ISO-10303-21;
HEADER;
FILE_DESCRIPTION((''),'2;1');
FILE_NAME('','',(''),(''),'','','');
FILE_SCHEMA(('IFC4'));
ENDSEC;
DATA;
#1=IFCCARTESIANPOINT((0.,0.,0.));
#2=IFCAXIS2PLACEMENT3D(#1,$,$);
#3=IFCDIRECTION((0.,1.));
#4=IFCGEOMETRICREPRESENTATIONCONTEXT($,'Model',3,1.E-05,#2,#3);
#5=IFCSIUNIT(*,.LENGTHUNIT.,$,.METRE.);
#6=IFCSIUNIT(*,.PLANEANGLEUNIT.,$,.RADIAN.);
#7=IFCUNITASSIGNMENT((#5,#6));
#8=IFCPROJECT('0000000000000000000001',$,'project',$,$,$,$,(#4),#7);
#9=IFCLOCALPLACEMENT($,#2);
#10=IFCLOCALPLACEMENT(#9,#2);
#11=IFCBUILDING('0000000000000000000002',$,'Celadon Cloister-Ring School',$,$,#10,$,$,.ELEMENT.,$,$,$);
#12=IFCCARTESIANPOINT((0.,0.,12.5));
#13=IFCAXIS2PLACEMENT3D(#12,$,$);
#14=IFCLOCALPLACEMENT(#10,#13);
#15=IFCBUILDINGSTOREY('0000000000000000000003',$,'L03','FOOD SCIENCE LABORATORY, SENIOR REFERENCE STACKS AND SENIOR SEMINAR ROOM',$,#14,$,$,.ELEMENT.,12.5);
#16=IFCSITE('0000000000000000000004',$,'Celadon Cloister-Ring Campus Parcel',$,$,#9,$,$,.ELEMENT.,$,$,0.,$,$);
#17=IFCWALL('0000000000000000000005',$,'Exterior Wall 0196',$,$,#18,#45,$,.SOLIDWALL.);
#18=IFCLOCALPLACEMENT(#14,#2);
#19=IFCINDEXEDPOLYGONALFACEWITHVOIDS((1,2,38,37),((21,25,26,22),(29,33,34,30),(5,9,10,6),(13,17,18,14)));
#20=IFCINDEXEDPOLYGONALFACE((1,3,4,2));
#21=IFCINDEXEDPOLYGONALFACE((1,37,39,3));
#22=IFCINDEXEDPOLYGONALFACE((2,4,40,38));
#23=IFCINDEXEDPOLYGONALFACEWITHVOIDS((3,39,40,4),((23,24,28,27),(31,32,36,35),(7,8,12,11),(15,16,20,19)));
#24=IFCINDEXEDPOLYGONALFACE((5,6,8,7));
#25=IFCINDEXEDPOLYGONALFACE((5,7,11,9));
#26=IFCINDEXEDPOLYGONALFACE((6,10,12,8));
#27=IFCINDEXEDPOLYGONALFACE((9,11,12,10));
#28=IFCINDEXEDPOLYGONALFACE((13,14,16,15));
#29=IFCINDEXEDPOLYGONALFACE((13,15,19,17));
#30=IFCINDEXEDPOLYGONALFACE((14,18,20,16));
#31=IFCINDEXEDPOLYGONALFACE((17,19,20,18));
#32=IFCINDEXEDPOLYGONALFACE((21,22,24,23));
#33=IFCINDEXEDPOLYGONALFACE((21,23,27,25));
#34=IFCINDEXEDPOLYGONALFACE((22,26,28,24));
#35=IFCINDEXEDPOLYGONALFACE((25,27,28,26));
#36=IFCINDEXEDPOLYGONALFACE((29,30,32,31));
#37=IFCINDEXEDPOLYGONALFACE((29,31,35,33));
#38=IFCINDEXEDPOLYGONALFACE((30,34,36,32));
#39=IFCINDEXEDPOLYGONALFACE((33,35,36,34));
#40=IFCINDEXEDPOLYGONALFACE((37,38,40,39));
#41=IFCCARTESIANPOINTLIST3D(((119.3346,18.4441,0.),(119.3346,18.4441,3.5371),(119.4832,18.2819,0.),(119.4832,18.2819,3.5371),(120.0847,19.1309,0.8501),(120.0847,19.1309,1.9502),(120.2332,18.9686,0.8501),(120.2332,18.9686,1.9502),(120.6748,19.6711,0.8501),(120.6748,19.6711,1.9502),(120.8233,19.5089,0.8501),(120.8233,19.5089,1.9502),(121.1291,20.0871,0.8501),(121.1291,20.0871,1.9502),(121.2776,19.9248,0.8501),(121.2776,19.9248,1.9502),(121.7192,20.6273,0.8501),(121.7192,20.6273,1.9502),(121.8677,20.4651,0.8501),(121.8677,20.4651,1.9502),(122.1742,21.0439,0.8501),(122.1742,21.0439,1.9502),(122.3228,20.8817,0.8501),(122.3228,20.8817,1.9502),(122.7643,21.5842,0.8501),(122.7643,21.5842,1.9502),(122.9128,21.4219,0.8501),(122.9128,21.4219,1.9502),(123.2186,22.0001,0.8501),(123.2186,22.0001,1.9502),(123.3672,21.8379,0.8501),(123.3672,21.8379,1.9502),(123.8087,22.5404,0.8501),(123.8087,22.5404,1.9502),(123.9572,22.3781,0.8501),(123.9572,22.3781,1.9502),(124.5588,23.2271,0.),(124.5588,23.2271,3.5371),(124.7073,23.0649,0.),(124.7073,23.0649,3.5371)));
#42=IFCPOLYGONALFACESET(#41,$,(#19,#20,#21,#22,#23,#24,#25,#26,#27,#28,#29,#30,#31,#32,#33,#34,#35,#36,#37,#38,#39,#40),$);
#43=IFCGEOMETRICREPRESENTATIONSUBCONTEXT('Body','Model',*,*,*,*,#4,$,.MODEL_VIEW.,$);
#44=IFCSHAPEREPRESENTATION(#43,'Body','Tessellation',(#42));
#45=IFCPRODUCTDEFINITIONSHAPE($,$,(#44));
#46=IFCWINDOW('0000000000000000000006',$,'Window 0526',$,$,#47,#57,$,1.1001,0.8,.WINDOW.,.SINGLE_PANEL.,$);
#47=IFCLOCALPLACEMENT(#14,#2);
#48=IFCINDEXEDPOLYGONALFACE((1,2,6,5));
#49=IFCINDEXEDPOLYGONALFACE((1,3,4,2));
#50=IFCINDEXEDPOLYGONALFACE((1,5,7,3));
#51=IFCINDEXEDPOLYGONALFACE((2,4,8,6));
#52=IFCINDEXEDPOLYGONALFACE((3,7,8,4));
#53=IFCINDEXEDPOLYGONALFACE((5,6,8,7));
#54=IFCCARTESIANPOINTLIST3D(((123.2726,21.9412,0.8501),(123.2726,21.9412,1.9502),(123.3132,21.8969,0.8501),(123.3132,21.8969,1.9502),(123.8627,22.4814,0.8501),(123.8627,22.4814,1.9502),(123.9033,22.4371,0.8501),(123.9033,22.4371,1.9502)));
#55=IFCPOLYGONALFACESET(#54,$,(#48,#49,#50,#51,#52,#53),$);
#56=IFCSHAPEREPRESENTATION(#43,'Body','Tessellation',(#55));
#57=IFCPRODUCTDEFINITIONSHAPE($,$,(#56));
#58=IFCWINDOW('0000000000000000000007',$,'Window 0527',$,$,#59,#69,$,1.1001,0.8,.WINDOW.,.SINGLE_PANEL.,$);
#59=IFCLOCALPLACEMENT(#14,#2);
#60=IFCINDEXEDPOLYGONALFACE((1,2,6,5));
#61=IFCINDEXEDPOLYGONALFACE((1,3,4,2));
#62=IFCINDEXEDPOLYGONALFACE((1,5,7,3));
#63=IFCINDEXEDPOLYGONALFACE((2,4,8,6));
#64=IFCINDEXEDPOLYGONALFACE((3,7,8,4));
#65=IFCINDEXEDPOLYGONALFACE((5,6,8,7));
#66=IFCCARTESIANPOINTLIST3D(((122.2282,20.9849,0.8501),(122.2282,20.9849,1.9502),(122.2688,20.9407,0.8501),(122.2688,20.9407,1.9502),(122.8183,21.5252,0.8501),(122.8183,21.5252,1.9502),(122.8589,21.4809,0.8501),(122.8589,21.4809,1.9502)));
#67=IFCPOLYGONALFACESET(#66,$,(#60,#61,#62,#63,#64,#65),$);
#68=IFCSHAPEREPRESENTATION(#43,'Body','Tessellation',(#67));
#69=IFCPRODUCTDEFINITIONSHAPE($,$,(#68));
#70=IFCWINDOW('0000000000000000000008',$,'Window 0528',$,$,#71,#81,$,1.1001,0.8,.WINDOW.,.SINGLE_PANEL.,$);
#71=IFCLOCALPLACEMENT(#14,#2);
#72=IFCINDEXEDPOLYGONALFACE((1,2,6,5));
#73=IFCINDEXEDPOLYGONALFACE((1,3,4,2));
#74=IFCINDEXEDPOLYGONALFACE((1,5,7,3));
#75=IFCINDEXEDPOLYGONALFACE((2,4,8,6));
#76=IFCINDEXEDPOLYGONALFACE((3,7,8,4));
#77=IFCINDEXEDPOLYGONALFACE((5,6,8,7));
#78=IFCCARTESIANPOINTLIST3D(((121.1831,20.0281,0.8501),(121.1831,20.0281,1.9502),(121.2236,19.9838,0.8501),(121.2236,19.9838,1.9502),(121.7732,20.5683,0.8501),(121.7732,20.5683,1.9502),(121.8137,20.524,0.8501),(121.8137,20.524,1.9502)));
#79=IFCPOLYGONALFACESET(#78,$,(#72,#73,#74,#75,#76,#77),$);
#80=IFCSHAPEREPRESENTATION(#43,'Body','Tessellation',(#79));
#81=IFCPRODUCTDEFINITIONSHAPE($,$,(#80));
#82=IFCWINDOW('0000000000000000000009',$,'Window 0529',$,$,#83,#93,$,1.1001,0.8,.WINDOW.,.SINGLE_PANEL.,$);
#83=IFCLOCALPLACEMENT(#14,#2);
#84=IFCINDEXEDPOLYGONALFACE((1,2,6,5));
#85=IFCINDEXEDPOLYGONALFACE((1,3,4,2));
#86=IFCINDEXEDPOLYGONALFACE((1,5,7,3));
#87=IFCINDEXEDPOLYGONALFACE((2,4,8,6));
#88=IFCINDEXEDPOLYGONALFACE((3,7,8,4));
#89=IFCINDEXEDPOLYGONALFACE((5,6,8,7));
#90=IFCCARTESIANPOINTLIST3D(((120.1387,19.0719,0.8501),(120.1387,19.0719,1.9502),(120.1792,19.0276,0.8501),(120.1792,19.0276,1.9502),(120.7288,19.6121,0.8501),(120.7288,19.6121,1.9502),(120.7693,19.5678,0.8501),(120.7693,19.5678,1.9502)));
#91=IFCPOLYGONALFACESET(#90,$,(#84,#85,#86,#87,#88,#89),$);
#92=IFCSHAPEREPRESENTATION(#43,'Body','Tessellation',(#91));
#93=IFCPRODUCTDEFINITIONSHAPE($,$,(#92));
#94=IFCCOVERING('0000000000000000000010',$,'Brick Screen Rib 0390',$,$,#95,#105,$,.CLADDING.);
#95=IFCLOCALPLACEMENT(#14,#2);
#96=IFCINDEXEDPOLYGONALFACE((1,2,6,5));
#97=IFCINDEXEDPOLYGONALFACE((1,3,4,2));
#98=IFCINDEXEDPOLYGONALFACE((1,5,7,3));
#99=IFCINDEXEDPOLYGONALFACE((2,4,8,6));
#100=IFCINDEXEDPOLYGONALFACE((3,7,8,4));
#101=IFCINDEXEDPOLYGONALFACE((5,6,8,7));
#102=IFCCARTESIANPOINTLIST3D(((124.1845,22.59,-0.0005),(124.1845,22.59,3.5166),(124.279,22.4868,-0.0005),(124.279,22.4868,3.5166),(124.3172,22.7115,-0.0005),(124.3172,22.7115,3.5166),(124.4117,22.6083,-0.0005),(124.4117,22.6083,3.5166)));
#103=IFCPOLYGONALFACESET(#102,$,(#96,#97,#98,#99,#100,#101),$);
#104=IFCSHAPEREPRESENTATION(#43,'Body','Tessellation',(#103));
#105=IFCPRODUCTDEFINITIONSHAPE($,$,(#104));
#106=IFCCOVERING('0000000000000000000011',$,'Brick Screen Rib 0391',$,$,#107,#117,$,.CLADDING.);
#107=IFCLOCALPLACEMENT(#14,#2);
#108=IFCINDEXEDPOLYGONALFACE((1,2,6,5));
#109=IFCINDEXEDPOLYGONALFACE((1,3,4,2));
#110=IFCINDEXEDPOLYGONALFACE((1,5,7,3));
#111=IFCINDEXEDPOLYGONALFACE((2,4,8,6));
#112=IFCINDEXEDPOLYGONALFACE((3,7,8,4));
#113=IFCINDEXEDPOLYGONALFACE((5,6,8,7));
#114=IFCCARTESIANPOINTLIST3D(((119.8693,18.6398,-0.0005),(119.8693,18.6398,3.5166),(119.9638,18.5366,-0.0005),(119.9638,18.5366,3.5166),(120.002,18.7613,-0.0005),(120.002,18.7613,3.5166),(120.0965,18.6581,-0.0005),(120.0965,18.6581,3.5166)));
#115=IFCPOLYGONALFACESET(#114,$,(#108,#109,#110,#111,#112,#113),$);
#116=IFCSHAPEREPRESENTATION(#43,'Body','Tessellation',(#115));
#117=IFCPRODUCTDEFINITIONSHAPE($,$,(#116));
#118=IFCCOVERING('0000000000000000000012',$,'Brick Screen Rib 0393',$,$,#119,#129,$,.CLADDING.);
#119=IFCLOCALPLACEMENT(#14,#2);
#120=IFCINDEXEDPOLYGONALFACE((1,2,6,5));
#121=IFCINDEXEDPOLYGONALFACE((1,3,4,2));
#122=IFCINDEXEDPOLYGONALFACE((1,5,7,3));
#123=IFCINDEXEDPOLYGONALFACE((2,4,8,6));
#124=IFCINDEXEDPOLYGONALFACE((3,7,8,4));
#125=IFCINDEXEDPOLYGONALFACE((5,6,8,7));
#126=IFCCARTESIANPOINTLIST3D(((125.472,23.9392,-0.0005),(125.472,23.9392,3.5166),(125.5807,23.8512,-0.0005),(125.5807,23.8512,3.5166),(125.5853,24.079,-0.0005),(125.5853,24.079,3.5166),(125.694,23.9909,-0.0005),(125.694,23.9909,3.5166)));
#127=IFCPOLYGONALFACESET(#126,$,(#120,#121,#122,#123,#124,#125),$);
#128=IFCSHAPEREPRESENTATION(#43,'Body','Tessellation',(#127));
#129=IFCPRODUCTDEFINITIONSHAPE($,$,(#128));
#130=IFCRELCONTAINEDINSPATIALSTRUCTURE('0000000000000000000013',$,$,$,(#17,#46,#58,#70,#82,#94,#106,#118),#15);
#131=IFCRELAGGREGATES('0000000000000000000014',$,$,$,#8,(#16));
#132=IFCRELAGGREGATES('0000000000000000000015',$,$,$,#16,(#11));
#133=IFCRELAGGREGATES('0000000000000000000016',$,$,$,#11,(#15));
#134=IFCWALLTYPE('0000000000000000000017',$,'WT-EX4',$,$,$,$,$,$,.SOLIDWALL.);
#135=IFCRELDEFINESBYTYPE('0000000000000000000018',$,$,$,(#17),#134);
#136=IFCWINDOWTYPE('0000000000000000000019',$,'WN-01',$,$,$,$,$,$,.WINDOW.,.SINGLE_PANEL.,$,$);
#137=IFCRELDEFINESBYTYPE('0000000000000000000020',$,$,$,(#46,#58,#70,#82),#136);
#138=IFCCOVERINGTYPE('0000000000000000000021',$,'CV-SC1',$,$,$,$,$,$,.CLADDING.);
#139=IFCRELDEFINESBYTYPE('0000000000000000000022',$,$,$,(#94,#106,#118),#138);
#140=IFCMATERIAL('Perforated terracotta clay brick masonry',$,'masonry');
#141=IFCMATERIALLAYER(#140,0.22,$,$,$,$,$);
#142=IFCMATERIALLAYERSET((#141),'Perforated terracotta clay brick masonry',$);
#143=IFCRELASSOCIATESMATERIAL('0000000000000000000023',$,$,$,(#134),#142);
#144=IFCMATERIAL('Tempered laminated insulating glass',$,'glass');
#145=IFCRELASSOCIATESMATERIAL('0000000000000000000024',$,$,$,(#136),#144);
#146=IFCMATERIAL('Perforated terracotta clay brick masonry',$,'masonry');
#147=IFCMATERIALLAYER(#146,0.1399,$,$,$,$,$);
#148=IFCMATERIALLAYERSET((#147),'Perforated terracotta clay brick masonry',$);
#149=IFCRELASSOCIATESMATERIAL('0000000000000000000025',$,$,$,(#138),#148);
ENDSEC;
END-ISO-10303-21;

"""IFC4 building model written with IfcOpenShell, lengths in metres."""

from ifc_helpers import new_model, si_unit, direction, frame, frame_2d, origin, origin_2d, place, context, subcontext, project, spatial, rectangle, extrude, material, layer, layer_set, type_object, element, fill, save


model = new_model("IFC4")

# Units and contexts
model_context = context("Model", 3, precision=1e-05, world=origin(), true_north=direction((0.0, 1.0)))
body_context = subcontext(model_context, "Body", "Model", "MODEL_VIEW")
ifc_project = project(units=[si_unit("LENGTHUNIT", "METRE"), si_unit("PLANEANGLEUNIT", "RADIAN")], contexts=[model_context])

# Site, building, storey
site_placement = place(None, origin())
site = spatial("IfcSite", under=ifc_project, at=site_placement, Name="Celadon Cloister-Ring Campus Parcel", CompositionType="ELEMENT", RefElevation=0.0)
building_placement = place(site_placement, origin())
building = spatial("IfcBuilding", under=site, at=building_placement, Name="Celadon Cloister-Ring School", CompositionType="ELEMENT")
storey_placement = place(building_placement, frame((0.0, 0.0, 12.5)))
storey = spatial("IfcBuildingStorey", under=building, at=storey_placement, Name="L03", Description="FOOD SCIENCE LABORATORY, SENIOR REFERENCE STACKS AND SENIOR SEMINAR ROOM", CompositionType="ELEMENT", Elevation=12.5)

# Wall, openings, windows
ifc_material_1 = material(Name="Perforated terracotta clay brick masonry", Category="masonry")
ifc_layer_1 = layer(ifc_material_1, 0.22)
ifc_layer_set_1 = layer_set([ifc_layer_1], Name="Perforated terracotta clay brick masonry")
wall_type = type_object("IfcWallType", Name="WT-EX4", PredefinedType="SOLIDWALL", material=ifc_layer_set_1)
wall_placement = place(storey_placement, frame((124.6331, 23.146, 0.0), z_axis=(0.0, 0.0, 1.0), x_axis=(-0.737563, -0.675278, 0.0)))
wall = element("IfcWall", 1, at=wall_placement, inside=storey, type_object=wall_type, Name="Exterior Wall 0196", PredefinedType="SOLIDWALL", context=body_context, shape_type="SweptSolid", body=[
    extrude(rectangle(XDim=7.083, YDim=0.22, at=frame_2d((3.5415, 0.0))), origin(), (0.0, 0.0, 1.0), 3.5371),
])
opening_1_placement = place(wall_placement, frame((1.0171, 0.0, 0.8501)))
opening_1 = element("IfcOpeningElement", 2, at=opening_1_placement, cuts=wall, PredefinedType="OPENING", context=body_context, shape_type="SweptSolid", body=[
    extrude(rectangle(XDim=0.8, YDim=1.1001, at=frame_2d((0.3999, 0.55))), frame((0.0, 0.1201, 0.0), z_axis=(0.0, -1.0, 0.0), x_axis=(1.0, 0.0, 0.0)), (0.0, 0.0, 1.0), 0.24),
])
opening_2_placement = place(wall_placement, frame((2.4331, 0.0, 0.8501)))
opening_2 = element("IfcOpeningElement", 3, at=opening_2_placement, cuts=wall, PredefinedType="OPENING", context=body_context, shape_type="SweptSolid", body=[
    extrude(rectangle(XDim=0.8, YDim=1.1001, at=frame_2d((0.3999, 0.55))), frame((0.0, 0.1201, 0.0), z_axis=(0.0, -1.0, 0.0), x_axis=(1.0, 0.0, 0.0)), (0.0, 0.0, 1.0), 0.24),
])
opening_3_placement = place(wall_placement, frame((3.8501, 0.0, 0.8501)))
opening_3 = element("IfcOpeningElement", 4, at=opening_3_placement, cuts=wall, PredefinedType="OPENING", context=body_context, shape_type="SweptSolid", body=[
    extrude(rectangle(XDim=0.8, YDim=1.1001, at=frame_2d((0.3999, 0.55))), frame((0.0, 0.1201, 0.0), z_axis=(0.0, -1.0, 0.0), x_axis=(1.0, 0.0, 0.0)), (0.0, 0.0, 1.0), 0.24),
])
opening_4_placement = place(wall_placement, frame((5.2661, 0.0, 0.8501)))
opening_4 = element("IfcOpeningElement", 5, at=opening_4_placement, cuts=wall, PredefinedType="OPENING", context=body_context, shape_type="SweptSolid", body=[
    extrude(rectangle(XDim=0.8, YDim=1.1001, at=frame_2d((0.3999, 0.55))), frame((0.0, 0.1201, 0.0), z_axis=(0.0, -1.0, 0.0), x_axis=(1.0, 0.0, 0.0)), (0.0, 0.0, 1.0), 0.24),
])
ifc_material_2 = material(Name="Tempered laminated insulating glass", Category="glass")
window_type = type_object("IfcWindowType", Name="WN-01", PartitioningType="SINGLE_PANEL", PredefinedType="WINDOW", material=ifc_material_2)
window_1_placement = place(opening_1_placement, origin())
window_1 = element("IfcWindow", 6, at=window_1_placement, inside=storey, type_object=window_type, Name="Window 0526", OverallHeight=1.1001, OverallWidth=0.8, PartitioningType="SINGLE_PANEL", PredefinedType="WINDOW", context=body_context, shape_type="SweptSolid", body=[
    extrude(rectangle(XDim=0.8, YDim=1.1001, at=frame_2d((0.3999, 0.55))), frame((0.0, 0.03, 0.0), z_axis=(0.0, -1.0, 0.0), x_axis=(1.0, 0.0, 0.0)), (0.0, 0.0, 1.0), 0.0601),
])
fill(opening_1, window_1)
window_2_placement = place(opening_2_placement, origin())
window_2 = element("IfcWindow", 7, at=window_2_placement, inside=storey, type_object=window_type, Name="Window 0527", OverallHeight=1.1001, OverallWidth=0.8, PartitioningType="SINGLE_PANEL", PredefinedType="WINDOW", context=body_context, shape_type="SweptSolid", body=[
    extrude(rectangle(XDim=0.8, YDim=1.1001, at=frame_2d((0.3999, 0.55))), frame((0.0, 0.03, 0.0), z_axis=(0.0, -1.0, 0.0), x_axis=(1.0, 0.0, 0.0)), (0.0, 0.0, 1.0), 0.0601),
])
fill(opening_2, window_2)
window_3_placement = place(opening_3_placement, origin())
window_3 = element("IfcWindow", 8, at=window_3_placement, inside=storey, type_object=window_type, Name="Window 0528", OverallHeight=1.1001, OverallWidth=0.8, PartitioningType="SINGLE_PANEL", PredefinedType="WINDOW", context=body_context, shape_type="SweptSolid", body=[
    extrude(rectangle(XDim=0.8, YDim=1.1001, at=frame_2d((0.3999, 0.55))), frame((0.0, 0.03, 0.0), z_axis=(0.0, -1.0, 0.0), x_axis=(1.0, 0.0, 0.0)), (0.0, 0.0, 1.0), 0.0601),
])
fill(opening_3, window_3)
window_4_placement = place(opening_4_placement, origin())
window_4 = element("IfcWindow", 9, at=window_4_placement, inside=storey, type_object=window_type, Name="Window 0529", OverallHeight=1.1001, OverallWidth=0.8, PartitioningType="SINGLE_PANEL", PredefinedType="WINDOW", context=body_context, shape_type="SweptSolid", body=[
    extrude(rectangle(XDim=0.8, YDim=1.1001, at=frame_2d((0.3999, 0.55))), frame((0.0, 0.03, 0.0), z_axis=(0.0, -1.0, 0.0), x_axis=(1.0, 0.0, 0.0)), (0.0, 0.0, 1.0), 0.0601),
])
fill(opening_4, window_4)

# Coverings
ifc_material_3 = material(Name="Perforated terracotta clay brick masonry", Category="masonry")
ifc_layer_2 = layer(ifc_material_3, 0.1399)
ifc_layer_set_2 = layer_set([ifc_layer_2], Name="Perforated terracotta clay brick masonry")
covering_type = type_object("IfcCoveringType", Name="CV-SC1", PredefinedType="CLADDING", material=ifc_layer_set_2)
for number, where, z_axis, x_axis, name in (
    (10, (124.2981, 22.5991, -0.0005), (0.0, 0.0, 1.0), (-0.737548, -0.675294, 0.0), "Brick Screen Rib 0390"),
    (11, (119.9829, 18.6489, -0.0005), (0.0, 0.0, 1.0), (-0.737548, -0.675294, 0.0), "Brick Screen Rib 0391"),
    (12, (125.583, 23.9651, -0.0005), (0.0, 0.0, 1.0), (-0.629605, -0.776915, 0.0), "Brick Screen Rib 0393"),
):
    element("IfcCovering", number, at=place(storey_placement, frame(where, z_axis=z_axis, x_axis=x_axis)), inside=storey, type_object=covering_type, Name=name, PredefinedType="CLADDING", context=body_context, shape_type="SweptSolid", body=[
        extrude(rectangle(XDim=0.1799, YDim=0.1399, at=origin_2d()), origin(), (0.0, 0.0, 1.0), 3.5171),
    ])

save(model, "model.ifc")
